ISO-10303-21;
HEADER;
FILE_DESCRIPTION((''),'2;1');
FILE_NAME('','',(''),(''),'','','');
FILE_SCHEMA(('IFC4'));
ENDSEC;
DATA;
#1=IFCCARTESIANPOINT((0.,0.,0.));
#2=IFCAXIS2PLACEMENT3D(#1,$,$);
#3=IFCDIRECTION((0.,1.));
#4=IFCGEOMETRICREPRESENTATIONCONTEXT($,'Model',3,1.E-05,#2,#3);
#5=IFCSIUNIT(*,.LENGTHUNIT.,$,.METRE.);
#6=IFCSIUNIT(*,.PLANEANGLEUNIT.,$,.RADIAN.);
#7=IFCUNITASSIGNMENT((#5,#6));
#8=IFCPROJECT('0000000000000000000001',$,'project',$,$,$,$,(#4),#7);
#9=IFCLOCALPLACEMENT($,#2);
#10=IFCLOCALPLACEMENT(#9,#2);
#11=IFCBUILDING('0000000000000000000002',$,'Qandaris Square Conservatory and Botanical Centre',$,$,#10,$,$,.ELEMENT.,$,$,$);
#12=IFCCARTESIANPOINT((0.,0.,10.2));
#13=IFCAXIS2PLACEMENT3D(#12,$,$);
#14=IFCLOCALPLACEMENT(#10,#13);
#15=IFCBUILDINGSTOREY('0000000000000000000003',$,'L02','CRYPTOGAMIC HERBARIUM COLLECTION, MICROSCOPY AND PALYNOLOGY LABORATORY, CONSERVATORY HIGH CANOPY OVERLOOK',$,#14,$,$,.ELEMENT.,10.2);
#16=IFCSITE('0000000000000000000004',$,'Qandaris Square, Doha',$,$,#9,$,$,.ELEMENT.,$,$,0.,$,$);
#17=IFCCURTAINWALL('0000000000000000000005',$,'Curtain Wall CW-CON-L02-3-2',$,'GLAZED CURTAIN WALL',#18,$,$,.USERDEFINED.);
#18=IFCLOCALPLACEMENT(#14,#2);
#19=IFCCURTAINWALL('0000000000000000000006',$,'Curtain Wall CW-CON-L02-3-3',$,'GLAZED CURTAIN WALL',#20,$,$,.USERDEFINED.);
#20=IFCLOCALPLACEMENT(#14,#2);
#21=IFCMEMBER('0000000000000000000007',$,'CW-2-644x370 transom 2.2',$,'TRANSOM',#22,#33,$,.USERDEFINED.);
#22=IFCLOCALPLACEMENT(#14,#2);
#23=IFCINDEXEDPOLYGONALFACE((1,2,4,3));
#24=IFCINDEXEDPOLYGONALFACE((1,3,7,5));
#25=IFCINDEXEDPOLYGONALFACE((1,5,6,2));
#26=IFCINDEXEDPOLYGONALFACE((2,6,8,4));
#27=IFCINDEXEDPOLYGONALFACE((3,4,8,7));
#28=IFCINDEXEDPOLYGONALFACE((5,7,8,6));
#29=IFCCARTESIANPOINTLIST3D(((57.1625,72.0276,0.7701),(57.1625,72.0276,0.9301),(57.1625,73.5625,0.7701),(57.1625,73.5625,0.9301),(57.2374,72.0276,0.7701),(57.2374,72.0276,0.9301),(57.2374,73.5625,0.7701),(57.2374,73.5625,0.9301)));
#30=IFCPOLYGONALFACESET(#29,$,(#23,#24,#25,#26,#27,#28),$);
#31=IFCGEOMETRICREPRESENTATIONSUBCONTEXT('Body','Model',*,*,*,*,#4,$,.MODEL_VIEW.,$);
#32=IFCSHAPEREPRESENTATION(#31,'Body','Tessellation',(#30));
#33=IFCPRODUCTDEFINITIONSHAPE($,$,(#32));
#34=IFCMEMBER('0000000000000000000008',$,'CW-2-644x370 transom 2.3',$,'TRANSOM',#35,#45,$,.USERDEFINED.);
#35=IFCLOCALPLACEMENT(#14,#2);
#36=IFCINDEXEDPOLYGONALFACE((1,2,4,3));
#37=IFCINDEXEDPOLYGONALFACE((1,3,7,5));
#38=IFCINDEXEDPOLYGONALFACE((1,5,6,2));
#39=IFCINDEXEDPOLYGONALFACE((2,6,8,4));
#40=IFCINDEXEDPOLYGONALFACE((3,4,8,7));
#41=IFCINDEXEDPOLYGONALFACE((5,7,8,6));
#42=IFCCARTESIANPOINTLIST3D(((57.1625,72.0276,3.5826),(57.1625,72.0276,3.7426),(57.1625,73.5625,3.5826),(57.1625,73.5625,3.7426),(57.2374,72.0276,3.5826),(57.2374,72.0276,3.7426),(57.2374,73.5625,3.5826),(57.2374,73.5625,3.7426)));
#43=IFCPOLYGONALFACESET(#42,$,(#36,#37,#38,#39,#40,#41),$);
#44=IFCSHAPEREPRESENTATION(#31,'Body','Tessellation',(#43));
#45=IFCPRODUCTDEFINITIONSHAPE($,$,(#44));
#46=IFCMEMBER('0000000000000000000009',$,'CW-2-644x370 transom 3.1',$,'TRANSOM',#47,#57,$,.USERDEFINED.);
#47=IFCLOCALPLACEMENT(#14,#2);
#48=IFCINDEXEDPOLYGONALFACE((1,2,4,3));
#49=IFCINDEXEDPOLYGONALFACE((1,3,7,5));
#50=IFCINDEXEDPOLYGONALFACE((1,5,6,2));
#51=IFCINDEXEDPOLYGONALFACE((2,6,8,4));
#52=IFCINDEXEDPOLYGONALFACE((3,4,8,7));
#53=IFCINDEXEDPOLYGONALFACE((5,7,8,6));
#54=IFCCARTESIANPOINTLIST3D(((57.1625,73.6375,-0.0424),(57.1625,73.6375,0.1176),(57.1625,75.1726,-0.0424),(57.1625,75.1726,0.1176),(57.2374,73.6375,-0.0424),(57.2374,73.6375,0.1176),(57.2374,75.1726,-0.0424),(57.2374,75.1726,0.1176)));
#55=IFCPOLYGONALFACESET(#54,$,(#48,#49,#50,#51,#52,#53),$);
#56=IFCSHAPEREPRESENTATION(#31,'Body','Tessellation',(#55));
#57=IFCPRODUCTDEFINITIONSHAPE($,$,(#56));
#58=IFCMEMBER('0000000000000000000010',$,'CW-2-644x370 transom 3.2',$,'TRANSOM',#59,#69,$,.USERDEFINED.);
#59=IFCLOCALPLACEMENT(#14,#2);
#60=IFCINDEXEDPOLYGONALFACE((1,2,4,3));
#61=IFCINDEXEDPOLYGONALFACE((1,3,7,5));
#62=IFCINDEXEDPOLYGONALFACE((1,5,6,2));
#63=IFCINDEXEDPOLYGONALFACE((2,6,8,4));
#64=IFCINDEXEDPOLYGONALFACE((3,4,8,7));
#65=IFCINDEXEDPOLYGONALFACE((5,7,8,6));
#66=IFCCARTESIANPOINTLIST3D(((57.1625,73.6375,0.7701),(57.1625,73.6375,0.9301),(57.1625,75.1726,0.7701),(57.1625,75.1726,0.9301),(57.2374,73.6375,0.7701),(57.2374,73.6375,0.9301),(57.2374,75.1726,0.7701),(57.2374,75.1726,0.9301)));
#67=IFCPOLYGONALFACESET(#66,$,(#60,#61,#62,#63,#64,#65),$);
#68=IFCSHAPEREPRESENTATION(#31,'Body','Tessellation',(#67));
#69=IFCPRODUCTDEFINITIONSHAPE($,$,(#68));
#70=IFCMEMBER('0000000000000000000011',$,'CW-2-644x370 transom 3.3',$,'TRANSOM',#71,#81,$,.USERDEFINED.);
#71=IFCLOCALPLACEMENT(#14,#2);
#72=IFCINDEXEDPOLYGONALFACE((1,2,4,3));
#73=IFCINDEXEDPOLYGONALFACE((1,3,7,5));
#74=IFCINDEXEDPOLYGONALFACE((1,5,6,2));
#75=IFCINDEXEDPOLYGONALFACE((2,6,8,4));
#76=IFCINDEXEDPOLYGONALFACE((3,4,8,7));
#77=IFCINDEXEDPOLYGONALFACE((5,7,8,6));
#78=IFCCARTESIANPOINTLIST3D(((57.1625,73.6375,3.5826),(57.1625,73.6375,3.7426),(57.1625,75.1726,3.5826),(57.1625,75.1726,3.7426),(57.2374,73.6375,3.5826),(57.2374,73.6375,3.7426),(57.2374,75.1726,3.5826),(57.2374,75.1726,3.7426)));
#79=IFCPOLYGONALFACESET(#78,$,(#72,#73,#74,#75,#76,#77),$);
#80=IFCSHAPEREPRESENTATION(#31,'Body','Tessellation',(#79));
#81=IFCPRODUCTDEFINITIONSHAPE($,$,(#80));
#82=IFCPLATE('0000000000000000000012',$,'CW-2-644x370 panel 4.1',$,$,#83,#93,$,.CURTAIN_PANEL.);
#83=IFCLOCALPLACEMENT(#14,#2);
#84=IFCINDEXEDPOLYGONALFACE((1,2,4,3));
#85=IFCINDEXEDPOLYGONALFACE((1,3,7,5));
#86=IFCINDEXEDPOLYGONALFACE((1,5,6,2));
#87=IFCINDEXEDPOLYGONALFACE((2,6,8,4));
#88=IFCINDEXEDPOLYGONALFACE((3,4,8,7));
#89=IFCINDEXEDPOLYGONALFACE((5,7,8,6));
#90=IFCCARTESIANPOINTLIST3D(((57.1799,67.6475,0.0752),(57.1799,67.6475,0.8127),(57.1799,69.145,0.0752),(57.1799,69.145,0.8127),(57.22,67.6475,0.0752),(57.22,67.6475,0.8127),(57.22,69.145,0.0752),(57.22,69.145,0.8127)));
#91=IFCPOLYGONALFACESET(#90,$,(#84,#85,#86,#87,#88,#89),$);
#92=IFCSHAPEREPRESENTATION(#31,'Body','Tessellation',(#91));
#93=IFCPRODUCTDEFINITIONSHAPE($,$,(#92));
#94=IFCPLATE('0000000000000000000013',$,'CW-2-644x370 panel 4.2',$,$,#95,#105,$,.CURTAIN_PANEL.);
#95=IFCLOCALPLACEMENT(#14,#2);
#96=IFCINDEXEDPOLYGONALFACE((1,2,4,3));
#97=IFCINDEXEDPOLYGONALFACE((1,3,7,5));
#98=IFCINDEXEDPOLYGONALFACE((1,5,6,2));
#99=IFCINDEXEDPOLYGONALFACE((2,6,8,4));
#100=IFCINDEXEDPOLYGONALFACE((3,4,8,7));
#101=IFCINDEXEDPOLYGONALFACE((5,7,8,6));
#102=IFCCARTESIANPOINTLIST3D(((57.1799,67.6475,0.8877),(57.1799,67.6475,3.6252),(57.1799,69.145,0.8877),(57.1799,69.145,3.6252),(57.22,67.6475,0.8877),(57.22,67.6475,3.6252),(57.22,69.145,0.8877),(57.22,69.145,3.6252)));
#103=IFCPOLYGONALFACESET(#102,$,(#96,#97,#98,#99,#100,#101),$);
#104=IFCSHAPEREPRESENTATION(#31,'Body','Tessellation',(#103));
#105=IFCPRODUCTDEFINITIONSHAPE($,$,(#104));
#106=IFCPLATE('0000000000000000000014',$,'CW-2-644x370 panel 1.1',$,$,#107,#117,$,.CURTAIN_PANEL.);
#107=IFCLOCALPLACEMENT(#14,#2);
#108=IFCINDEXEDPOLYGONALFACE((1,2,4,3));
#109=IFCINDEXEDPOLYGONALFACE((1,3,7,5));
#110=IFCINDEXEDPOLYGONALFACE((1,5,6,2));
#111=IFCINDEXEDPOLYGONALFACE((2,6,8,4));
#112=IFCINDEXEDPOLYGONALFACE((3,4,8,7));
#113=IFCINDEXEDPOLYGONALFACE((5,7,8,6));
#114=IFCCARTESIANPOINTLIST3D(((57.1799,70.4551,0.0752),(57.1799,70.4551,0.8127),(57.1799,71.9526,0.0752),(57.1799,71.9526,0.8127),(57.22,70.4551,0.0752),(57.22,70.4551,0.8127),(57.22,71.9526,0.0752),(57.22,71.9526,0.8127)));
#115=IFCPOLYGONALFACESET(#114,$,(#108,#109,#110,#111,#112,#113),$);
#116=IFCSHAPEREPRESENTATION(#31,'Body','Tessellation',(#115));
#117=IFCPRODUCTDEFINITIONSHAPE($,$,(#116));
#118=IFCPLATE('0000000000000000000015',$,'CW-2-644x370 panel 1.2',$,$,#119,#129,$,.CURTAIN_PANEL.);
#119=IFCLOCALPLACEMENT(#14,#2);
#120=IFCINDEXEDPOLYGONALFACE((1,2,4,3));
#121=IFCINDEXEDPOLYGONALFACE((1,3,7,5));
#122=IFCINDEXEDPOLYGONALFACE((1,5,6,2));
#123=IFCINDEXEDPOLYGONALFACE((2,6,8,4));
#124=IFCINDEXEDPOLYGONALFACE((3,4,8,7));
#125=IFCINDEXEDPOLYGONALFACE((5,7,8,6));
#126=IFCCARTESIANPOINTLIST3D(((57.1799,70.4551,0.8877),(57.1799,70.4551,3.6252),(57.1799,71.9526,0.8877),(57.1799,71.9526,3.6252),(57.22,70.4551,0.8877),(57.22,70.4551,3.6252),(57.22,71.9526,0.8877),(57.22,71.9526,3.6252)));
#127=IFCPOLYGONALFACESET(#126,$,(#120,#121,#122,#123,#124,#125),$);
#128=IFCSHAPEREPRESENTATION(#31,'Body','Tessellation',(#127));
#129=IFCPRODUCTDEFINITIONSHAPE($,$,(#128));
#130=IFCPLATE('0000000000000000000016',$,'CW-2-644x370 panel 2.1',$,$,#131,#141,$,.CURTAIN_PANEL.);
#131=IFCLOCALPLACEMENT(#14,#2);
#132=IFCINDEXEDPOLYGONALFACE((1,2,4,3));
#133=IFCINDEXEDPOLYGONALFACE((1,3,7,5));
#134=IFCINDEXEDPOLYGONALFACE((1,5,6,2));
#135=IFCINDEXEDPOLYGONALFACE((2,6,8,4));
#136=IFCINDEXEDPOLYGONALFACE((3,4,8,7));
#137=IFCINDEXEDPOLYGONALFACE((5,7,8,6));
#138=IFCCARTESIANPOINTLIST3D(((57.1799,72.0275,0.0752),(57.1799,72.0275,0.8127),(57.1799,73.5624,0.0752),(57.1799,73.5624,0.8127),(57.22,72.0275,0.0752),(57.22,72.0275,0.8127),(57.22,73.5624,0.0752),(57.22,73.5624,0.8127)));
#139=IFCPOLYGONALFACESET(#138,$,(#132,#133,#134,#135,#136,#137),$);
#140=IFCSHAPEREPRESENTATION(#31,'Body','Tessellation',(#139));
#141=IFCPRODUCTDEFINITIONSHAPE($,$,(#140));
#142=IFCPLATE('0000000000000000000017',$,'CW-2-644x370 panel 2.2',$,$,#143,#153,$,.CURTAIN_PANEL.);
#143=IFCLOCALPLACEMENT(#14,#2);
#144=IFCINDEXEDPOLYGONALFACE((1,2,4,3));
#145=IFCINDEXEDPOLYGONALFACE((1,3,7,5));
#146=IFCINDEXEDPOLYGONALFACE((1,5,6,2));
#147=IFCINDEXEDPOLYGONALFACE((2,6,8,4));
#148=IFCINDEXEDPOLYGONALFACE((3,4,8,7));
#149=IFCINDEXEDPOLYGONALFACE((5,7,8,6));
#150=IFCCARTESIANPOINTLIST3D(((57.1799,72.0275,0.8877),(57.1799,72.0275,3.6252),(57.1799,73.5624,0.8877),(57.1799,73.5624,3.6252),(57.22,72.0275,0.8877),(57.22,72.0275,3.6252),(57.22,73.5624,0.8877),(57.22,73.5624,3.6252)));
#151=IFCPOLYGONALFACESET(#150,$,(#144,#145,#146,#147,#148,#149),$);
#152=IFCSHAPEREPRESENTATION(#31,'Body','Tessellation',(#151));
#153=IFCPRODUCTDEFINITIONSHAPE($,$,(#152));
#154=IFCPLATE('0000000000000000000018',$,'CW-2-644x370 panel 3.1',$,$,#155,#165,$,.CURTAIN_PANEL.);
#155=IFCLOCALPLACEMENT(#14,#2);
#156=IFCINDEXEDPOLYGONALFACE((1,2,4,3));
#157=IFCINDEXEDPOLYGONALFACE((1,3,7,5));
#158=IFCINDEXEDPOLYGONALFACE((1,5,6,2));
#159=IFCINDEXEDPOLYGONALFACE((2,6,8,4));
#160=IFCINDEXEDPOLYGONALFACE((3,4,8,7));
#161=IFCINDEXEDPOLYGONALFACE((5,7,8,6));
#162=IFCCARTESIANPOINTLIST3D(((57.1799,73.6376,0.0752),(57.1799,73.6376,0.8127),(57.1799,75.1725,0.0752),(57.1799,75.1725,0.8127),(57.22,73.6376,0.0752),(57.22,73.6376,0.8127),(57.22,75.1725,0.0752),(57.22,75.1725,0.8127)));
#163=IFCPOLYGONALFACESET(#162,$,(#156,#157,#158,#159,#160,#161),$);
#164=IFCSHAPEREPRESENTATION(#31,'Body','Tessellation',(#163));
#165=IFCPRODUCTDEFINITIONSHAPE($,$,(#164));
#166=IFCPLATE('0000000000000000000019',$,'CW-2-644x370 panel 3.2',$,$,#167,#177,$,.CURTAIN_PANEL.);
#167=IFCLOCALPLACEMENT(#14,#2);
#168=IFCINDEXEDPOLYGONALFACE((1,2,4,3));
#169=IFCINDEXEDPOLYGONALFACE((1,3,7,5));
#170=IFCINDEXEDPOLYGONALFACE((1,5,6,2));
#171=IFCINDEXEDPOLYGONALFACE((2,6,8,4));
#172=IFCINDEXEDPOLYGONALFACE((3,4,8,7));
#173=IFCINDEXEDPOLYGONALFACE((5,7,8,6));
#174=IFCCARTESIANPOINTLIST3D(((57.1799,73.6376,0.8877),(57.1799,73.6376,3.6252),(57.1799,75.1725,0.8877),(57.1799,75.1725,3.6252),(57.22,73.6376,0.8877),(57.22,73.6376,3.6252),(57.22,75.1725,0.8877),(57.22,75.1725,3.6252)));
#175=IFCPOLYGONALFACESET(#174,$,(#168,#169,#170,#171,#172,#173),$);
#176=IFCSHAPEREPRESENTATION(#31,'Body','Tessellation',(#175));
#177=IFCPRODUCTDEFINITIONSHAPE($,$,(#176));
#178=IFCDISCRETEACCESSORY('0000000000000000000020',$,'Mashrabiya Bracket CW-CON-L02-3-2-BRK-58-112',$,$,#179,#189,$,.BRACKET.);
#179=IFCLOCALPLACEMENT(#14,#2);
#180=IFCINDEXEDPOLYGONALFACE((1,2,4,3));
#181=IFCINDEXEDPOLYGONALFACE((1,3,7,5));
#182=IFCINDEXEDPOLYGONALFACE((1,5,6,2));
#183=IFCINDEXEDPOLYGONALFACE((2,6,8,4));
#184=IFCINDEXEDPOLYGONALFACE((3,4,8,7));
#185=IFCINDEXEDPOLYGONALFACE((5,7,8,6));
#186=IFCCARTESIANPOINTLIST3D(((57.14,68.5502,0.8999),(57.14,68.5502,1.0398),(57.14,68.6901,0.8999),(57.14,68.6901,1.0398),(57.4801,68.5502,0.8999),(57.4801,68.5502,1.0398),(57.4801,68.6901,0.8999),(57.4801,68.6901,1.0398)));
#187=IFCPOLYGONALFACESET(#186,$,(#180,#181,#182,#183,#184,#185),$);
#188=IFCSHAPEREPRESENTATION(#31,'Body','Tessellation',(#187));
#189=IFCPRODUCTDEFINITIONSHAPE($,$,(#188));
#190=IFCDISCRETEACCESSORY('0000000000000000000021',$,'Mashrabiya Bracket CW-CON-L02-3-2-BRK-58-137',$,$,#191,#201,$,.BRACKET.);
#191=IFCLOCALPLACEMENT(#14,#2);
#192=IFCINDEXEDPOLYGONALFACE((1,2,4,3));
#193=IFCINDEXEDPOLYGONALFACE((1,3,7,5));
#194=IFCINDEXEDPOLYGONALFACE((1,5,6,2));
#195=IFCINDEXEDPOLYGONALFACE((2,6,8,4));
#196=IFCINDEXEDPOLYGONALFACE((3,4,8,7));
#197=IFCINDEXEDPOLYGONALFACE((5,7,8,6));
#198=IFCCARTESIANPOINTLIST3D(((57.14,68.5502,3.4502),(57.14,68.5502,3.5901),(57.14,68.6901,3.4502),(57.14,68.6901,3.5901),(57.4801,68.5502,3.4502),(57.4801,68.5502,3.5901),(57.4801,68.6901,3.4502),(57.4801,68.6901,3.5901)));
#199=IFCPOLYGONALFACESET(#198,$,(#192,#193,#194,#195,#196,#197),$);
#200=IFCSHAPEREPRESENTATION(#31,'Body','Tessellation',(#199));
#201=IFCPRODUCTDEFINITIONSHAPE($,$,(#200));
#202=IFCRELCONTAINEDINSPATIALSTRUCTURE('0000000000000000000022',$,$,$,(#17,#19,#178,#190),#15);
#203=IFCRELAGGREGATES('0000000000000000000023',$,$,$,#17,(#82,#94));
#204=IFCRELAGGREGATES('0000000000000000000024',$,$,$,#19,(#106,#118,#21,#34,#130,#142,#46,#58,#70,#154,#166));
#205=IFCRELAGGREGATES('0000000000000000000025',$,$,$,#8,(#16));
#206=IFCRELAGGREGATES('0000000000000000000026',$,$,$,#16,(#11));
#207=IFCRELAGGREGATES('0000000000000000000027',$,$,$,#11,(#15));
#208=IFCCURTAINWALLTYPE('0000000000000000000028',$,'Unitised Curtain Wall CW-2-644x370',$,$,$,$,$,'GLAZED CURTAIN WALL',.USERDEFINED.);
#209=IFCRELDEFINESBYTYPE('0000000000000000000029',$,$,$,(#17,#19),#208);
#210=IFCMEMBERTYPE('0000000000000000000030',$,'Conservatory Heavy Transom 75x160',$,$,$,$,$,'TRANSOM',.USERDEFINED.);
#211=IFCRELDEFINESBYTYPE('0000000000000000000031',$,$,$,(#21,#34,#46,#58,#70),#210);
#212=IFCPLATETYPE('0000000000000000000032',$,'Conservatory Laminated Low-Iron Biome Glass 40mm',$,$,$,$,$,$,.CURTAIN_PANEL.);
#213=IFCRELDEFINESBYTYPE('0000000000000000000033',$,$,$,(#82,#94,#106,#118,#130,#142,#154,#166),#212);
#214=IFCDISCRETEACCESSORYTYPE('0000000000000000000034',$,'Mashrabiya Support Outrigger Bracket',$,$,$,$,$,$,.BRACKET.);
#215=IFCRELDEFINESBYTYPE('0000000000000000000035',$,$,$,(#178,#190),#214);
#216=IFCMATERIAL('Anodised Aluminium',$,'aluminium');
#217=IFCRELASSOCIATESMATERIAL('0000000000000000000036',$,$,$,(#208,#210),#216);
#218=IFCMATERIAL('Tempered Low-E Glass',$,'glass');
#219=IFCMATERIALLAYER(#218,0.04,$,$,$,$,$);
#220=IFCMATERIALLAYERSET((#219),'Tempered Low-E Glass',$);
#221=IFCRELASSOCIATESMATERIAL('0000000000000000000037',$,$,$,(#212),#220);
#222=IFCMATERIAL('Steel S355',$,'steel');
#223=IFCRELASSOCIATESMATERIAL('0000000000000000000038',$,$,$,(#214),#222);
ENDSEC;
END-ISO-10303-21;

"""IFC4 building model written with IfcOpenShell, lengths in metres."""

from ifc_helpers import new_model, si_unit, direction, frame, origin, origin_2d, place, context, subcontext, project, spatial, rectangle, extrude, material, layer, layer_set, material_profile, profile_set, type_object, element, aggregate, save


model = new_model("IFC4")

# Units and contexts
model_context = context("Model", 3, precision=1e-05, world=origin(), true_north=direction((0.0, 1.0)))
body_context = subcontext(model_context, "Body", "Model", "MODEL_VIEW")
ifc_project = project(units=[si_unit("LENGTHUNIT", "METRE"), si_unit("PLANEANGLEUNIT", "RADIAN")], contexts=[model_context])

# Site, building, storey
site_placement = place(None, origin())
site = spatial("IfcSite", under=ifc_project, at=site_placement, Name="Qandaris Square, Doha", CompositionType="ELEMENT", RefElevation=0.0)
building_placement = place(site_placement, origin())
building = spatial("IfcBuilding", under=site, at=building_placement, Name="Qandaris Square Conservatory and Botanical Centre", CompositionType="ELEMENT")
storey_placement = place(building_placement, frame((0.0, 0.0, 10.2)))
storey = spatial("IfcBuildingStorey", under=building, at=storey_placement, Name="L02", Description="CRYPTOGAMIC HERBARIUM COLLECTION, MICROSCOPY AND PALYNOLOGY LABORATORY, CONSERVATORY HIGH CANOPY OVERLOOK", CompositionType="ELEMENT", Elevation=10.2)

# Curtain wall
ifc_material_1 = material(Name="Anodised Aluminium", Category="aluminium")
curtain_wall_type = type_object("IfcCurtainWallType", Name="Unitised Curtain Wall CW-2-644x370", ElementType="GLAZED CURTAIN WALL", PredefinedType="USERDEFINED", material=ifc_material_1)
curtain_wall_1_placement = place(storey_placement, origin())
curtain_wall_1 = element("IfcCurtainWall", 1, at=curtain_wall_1_placement, inside=storey, type_object=curtain_wall_type, Name="Curtain Wall CW-CON-L02-3-2", ObjectType="GLAZED CURTAIN WALL", PredefinedType="USERDEFINED")

# Curtain wall
curtain_wall_2_placement = place(storey_placement, origin())
curtain_wall_2 = element("IfcCurtainWall", 2, at=curtain_wall_2_placement, inside=storey, type_object=curtain_wall_type, Name="Curtain Wall CW-CON-L02-3-3", ObjectType="GLAZED CURTAIN WALL", PredefinedType="USERDEFINED")

# Members
ifc_material_profile_1 = material_profile(ifc_material_1, rectangle(XDim=0.075, YDim=0.1599, at=origin_2d()), Name="ALU-TRN 75x160")
ifc_profile_set_1 = profile_set([ifc_material_profile_1], Name="Anodised Aluminium")
member_type_1 = type_object("IfcMemberType", Name="Conservatory Heavy Transom 75x160", ElementType="TRANSOM", PredefinedType="USERDEFINED", material=ifc_profile_set_1)
member_1_placement = place(storey_placement, frame((57.2, 72.0276, 0.8501), z_axis=(0.0, 1.0, 0.0), x_axis=(-1.0, 0.0, 0.0)))
member_1 = element("IfcMember", 3, at=member_1_placement, type_object=member_type_1, Name="CW-2-644x370 transom 2.2", ObjectType="TRANSOM", PredefinedType="USERDEFINED", context=body_context, shape_type="SweptSolid", body=[
    extrude(rectangle(XDim=0.075, YDim=0.1599, at=origin_2d()), origin(), (0.0, 0.0, 1.0), 1.5349),
])
member_2_placement = place(storey_placement, frame((57.2, 72.0276, 3.6626), z_axis=(0.0, 1.0, 0.0), x_axis=(-1.0, 0.0, 0.0)))
member_2 = element("IfcMember", 4, at=member_2_placement, type_object=member_type_1, Name="CW-2-644x370 transom 2.3", ObjectType="TRANSOM", PredefinedType="USERDEFINED", context=body_context, shape_type="SweptSolid", body=[
    extrude(rectangle(XDim=0.075, YDim=0.1599, at=origin_2d()), origin(), (0.0, 0.0, 1.0), 1.5349),
])
member_3_placement = place(storey_placement, frame((57.2, 73.6375, 0.0376), z_axis=(0.0, 1.0, 0.0), x_axis=(-1.0, 0.0, 0.0)))
member_3 = element("IfcMember", 5, at=member_3_placement, type_object=member_type_1, Name="CW-2-644x370 transom 3.1", ObjectType="TRANSOM", PredefinedType="USERDEFINED", context=body_context, shape_type="SweptSolid", body=[
    extrude(rectangle(XDim=0.075, YDim=0.1599, at=origin_2d()), origin(), (0.0, 0.0, 1.0), 1.5352),
])
member_4_placement = place(storey_placement, frame((57.2, 73.6375, 0.8501), z_axis=(0.0, 1.0, 0.0), x_axis=(-1.0, 0.0, 0.0)))
member_4 = element("IfcMember", 6, at=member_4_placement, type_object=member_type_1, Name="CW-2-644x370 transom 3.2", ObjectType="TRANSOM", PredefinedType="USERDEFINED", context=body_context, shape_type="SweptSolid", body=[
    extrude(rectangle(XDim=0.075, YDim=0.1599, at=origin_2d()), origin(), (0.0, 0.0, 1.0), 1.5352),
])
member_5_placement = place(storey_placement, frame((57.2, 73.6375, 3.6626), z_axis=(0.0, 1.0, 0.0), x_axis=(-1.0, 0.0, 0.0)))
member_5 = element("IfcMember", 7, at=member_5_placement, type_object=member_type_1, Name="CW-2-644x370 transom 3.3", ObjectType="TRANSOM", PredefinedType="USERDEFINED", context=body_context, shape_type="SweptSolid", body=[
    extrude(rectangle(XDim=0.075, YDim=0.1599, at=origin_2d()), origin(), (0.0, 0.0, 1.0), 1.5352),
])

# Plates
ifc_material_2 = material(Name="Tempered Low-E Glass", Category="glass")
ifc_layer = layer(ifc_material_2, 0.04)
ifc_layer_set = layer_set([ifc_layer], Name="Tempered Low-E Glass")
plate_type = type_object("IfcPlateType", Name="Conservatory Laminated Low-Iron Biome Glass 40mm", PredefinedType="CURTAIN_PANEL", material=ifc_layer_set)
plate_1_placement = place(storey_placement, frame((57.2, 68.3962, 0.0752), z_axis=(0.0, 0.0, 1.0), x_axis=(0.0, 1.0, 0.0)))
plate_1 = element("IfcPlate", 8, at=plate_1_placement, type_object=plate_type, Name="CW-2-644x370 panel 4.1", PredefinedType="CURTAIN_PANEL", context=body_context, shape_type="SweptSolid", body=[
    extrude(rectangle(XDim=1.4976, YDim=0.04, at=origin_2d()), origin(), (0.0, 0.0, 1.0), 0.7375),
])
plate_2_placement = place(storey_placement, frame((57.2, 68.3962, 0.8877), z_axis=(0.0, 0.0, 1.0), x_axis=(0.0, 1.0, 0.0)))
plate_2 = element("IfcPlate", 9, at=plate_2_placement, type_object=plate_type, Name="CW-2-644x370 panel 4.2", PredefinedType="CURTAIN_PANEL", context=body_context, shape_type="SweptSolid", body=[
    extrude(rectangle(XDim=1.4976, YDim=0.04, at=origin_2d()), origin(), (0.0, 0.0, 1.0), 2.7375),
])
aggregate(curtain_wall_1, [plate_1, plate_2])
plate_3_placement = place(storey_placement, frame((57.2, 71.2039, 0.0752), z_axis=(0.0, 0.0, 1.0), x_axis=(0.0, 1.0, 0.0)))
plate_3 = element("IfcPlate", 10, at=plate_3_placement, type_object=plate_type, Name="CW-2-644x370 panel 1.1", PredefinedType="CURTAIN_PANEL", context=body_context, shape_type="SweptSolid", body=[
    extrude(rectangle(XDim=1.4976, YDim=0.04, at=origin_2d()), origin(), (0.0, 0.0, 1.0), 0.7375),
])
plate_4_placement = place(storey_placement, frame((57.2, 71.2039, 0.8877), z_axis=(0.0, 0.0, 1.0), x_axis=(0.0, 1.0, 0.0)))
plate_4 = element("IfcPlate", 11, at=plate_4_placement, type_object=plate_type, Name="CW-2-644x370 panel 1.2", PredefinedType="CURTAIN_PANEL", context=body_context, shape_type="SweptSolid", body=[
    extrude(rectangle(XDim=1.4976, YDim=0.04, at=origin_2d()), origin(), (0.0, 0.0, 1.0), 2.7375),
])
plate_5_placement = place(storey_placement, frame((57.2, 72.7949, 0.0752), z_axis=(0.0, 0.0, 1.0), x_axis=(0.0, 1.0, 0.0)))
plate_5 = element("IfcPlate", 12, at=plate_5_placement, type_object=plate_type, Name="CW-2-644x370 panel 2.1", PredefinedType="CURTAIN_PANEL", context=body_context, shape_type="SweptSolid", body=[
    extrude(rectangle(XDim=1.5349, YDim=0.04, at=origin_2d()), origin(), (0.0, 0.0, 1.0), 0.7375),
])
plate_6_placement = place(storey_placement, frame((57.2, 72.7949, 0.8877), z_axis=(0.0, 0.0, 1.0), x_axis=(0.0, 1.0, 0.0)))
plate_6 = element("IfcPlate", 13, at=plate_6_placement, type_object=plate_type, Name="CW-2-644x370 panel 2.2", PredefinedType="CURTAIN_PANEL", context=body_context, shape_type="SweptSolid", body=[
    extrude(rectangle(XDim=1.5349, YDim=0.04, at=origin_2d()), origin(), (0.0, 0.0, 1.0), 2.7375),
])
plate_7_placement = place(storey_placement, frame((57.2, 74.405, 0.0752), z_axis=(0.0, 0.0, 1.0), x_axis=(0.0, 1.0, 0.0)))
plate_7 = element("IfcPlate", 14, at=plate_7_placement, type_object=plate_type, Name="CW-2-644x370 panel 3.1", PredefinedType="CURTAIN_PANEL", context=body_context, shape_type="SweptSolid", body=[
    extrude(rectangle(XDim=1.5349, YDim=0.04, at=origin_2d()), origin(), (0.0, 0.0, 1.0), 0.7375),
])
plate_8_placement = place(storey_placement, frame((57.2, 74.405, 0.8877), z_axis=(0.0, 0.0, 1.0), x_axis=(0.0, 1.0, 0.0)))
plate_8 = element("IfcPlate", 15, at=plate_8_placement, type_object=plate_type, Name="CW-2-644x370 panel 3.2", PredefinedType="CURTAIN_PANEL", context=body_context, shape_type="SweptSolid", body=[
    extrude(rectangle(XDim=1.5349, YDim=0.04, at=origin_2d()), origin(), (0.0, 0.0, 1.0), 2.7375),
])
aggregate(curtain_wall_2, [plate_3, plate_4, member_1, member_2, plate_5, plate_6, member_3, member_4, member_5, plate_7, plate_8])

# Discrete accessories
ifc_material_3 = material(Name="Steel S355", Category="steel")
discrete_accessory_type = type_object("IfcDiscreteAccessoryType", Name="Mashrabiya Support Outrigger Bracket", PredefinedType="BRACKET", material=ifc_material_3)
for number, where, z_axis, x_axis, name in (
    (16, (57.3101, 68.6201, 0.8999), (0.0, 0.0, 1.0), (0.0, 1.0, 0.0), "Mashrabiya Bracket CW-CON-L02-3-2-BRK-58-112"),
    (17, (57.3101, 68.6201, 3.4502), (0.0, 0.0, 1.0), (0.0, 1.0, 0.0), "Mashrabiya Bracket CW-CON-L02-3-2-BRK-58-137"),
):
    element("IfcDiscreteAccessory", number, at=place(storey_placement, frame(where, z_axis=z_axis, x_axis=x_axis)), inside=storey, type_object=discrete_accessory_type, Name=name, PredefinedType="BRACKET", context=body_context, shape_type="SweptSolid", body=[
        extrude(rectangle(XDim=0.1399, YDim=0.3401, at=origin_2d()), origin(), (0.0, 0.0, 1.0), 0.1399),
    ])

save(model, "model.ifc")
